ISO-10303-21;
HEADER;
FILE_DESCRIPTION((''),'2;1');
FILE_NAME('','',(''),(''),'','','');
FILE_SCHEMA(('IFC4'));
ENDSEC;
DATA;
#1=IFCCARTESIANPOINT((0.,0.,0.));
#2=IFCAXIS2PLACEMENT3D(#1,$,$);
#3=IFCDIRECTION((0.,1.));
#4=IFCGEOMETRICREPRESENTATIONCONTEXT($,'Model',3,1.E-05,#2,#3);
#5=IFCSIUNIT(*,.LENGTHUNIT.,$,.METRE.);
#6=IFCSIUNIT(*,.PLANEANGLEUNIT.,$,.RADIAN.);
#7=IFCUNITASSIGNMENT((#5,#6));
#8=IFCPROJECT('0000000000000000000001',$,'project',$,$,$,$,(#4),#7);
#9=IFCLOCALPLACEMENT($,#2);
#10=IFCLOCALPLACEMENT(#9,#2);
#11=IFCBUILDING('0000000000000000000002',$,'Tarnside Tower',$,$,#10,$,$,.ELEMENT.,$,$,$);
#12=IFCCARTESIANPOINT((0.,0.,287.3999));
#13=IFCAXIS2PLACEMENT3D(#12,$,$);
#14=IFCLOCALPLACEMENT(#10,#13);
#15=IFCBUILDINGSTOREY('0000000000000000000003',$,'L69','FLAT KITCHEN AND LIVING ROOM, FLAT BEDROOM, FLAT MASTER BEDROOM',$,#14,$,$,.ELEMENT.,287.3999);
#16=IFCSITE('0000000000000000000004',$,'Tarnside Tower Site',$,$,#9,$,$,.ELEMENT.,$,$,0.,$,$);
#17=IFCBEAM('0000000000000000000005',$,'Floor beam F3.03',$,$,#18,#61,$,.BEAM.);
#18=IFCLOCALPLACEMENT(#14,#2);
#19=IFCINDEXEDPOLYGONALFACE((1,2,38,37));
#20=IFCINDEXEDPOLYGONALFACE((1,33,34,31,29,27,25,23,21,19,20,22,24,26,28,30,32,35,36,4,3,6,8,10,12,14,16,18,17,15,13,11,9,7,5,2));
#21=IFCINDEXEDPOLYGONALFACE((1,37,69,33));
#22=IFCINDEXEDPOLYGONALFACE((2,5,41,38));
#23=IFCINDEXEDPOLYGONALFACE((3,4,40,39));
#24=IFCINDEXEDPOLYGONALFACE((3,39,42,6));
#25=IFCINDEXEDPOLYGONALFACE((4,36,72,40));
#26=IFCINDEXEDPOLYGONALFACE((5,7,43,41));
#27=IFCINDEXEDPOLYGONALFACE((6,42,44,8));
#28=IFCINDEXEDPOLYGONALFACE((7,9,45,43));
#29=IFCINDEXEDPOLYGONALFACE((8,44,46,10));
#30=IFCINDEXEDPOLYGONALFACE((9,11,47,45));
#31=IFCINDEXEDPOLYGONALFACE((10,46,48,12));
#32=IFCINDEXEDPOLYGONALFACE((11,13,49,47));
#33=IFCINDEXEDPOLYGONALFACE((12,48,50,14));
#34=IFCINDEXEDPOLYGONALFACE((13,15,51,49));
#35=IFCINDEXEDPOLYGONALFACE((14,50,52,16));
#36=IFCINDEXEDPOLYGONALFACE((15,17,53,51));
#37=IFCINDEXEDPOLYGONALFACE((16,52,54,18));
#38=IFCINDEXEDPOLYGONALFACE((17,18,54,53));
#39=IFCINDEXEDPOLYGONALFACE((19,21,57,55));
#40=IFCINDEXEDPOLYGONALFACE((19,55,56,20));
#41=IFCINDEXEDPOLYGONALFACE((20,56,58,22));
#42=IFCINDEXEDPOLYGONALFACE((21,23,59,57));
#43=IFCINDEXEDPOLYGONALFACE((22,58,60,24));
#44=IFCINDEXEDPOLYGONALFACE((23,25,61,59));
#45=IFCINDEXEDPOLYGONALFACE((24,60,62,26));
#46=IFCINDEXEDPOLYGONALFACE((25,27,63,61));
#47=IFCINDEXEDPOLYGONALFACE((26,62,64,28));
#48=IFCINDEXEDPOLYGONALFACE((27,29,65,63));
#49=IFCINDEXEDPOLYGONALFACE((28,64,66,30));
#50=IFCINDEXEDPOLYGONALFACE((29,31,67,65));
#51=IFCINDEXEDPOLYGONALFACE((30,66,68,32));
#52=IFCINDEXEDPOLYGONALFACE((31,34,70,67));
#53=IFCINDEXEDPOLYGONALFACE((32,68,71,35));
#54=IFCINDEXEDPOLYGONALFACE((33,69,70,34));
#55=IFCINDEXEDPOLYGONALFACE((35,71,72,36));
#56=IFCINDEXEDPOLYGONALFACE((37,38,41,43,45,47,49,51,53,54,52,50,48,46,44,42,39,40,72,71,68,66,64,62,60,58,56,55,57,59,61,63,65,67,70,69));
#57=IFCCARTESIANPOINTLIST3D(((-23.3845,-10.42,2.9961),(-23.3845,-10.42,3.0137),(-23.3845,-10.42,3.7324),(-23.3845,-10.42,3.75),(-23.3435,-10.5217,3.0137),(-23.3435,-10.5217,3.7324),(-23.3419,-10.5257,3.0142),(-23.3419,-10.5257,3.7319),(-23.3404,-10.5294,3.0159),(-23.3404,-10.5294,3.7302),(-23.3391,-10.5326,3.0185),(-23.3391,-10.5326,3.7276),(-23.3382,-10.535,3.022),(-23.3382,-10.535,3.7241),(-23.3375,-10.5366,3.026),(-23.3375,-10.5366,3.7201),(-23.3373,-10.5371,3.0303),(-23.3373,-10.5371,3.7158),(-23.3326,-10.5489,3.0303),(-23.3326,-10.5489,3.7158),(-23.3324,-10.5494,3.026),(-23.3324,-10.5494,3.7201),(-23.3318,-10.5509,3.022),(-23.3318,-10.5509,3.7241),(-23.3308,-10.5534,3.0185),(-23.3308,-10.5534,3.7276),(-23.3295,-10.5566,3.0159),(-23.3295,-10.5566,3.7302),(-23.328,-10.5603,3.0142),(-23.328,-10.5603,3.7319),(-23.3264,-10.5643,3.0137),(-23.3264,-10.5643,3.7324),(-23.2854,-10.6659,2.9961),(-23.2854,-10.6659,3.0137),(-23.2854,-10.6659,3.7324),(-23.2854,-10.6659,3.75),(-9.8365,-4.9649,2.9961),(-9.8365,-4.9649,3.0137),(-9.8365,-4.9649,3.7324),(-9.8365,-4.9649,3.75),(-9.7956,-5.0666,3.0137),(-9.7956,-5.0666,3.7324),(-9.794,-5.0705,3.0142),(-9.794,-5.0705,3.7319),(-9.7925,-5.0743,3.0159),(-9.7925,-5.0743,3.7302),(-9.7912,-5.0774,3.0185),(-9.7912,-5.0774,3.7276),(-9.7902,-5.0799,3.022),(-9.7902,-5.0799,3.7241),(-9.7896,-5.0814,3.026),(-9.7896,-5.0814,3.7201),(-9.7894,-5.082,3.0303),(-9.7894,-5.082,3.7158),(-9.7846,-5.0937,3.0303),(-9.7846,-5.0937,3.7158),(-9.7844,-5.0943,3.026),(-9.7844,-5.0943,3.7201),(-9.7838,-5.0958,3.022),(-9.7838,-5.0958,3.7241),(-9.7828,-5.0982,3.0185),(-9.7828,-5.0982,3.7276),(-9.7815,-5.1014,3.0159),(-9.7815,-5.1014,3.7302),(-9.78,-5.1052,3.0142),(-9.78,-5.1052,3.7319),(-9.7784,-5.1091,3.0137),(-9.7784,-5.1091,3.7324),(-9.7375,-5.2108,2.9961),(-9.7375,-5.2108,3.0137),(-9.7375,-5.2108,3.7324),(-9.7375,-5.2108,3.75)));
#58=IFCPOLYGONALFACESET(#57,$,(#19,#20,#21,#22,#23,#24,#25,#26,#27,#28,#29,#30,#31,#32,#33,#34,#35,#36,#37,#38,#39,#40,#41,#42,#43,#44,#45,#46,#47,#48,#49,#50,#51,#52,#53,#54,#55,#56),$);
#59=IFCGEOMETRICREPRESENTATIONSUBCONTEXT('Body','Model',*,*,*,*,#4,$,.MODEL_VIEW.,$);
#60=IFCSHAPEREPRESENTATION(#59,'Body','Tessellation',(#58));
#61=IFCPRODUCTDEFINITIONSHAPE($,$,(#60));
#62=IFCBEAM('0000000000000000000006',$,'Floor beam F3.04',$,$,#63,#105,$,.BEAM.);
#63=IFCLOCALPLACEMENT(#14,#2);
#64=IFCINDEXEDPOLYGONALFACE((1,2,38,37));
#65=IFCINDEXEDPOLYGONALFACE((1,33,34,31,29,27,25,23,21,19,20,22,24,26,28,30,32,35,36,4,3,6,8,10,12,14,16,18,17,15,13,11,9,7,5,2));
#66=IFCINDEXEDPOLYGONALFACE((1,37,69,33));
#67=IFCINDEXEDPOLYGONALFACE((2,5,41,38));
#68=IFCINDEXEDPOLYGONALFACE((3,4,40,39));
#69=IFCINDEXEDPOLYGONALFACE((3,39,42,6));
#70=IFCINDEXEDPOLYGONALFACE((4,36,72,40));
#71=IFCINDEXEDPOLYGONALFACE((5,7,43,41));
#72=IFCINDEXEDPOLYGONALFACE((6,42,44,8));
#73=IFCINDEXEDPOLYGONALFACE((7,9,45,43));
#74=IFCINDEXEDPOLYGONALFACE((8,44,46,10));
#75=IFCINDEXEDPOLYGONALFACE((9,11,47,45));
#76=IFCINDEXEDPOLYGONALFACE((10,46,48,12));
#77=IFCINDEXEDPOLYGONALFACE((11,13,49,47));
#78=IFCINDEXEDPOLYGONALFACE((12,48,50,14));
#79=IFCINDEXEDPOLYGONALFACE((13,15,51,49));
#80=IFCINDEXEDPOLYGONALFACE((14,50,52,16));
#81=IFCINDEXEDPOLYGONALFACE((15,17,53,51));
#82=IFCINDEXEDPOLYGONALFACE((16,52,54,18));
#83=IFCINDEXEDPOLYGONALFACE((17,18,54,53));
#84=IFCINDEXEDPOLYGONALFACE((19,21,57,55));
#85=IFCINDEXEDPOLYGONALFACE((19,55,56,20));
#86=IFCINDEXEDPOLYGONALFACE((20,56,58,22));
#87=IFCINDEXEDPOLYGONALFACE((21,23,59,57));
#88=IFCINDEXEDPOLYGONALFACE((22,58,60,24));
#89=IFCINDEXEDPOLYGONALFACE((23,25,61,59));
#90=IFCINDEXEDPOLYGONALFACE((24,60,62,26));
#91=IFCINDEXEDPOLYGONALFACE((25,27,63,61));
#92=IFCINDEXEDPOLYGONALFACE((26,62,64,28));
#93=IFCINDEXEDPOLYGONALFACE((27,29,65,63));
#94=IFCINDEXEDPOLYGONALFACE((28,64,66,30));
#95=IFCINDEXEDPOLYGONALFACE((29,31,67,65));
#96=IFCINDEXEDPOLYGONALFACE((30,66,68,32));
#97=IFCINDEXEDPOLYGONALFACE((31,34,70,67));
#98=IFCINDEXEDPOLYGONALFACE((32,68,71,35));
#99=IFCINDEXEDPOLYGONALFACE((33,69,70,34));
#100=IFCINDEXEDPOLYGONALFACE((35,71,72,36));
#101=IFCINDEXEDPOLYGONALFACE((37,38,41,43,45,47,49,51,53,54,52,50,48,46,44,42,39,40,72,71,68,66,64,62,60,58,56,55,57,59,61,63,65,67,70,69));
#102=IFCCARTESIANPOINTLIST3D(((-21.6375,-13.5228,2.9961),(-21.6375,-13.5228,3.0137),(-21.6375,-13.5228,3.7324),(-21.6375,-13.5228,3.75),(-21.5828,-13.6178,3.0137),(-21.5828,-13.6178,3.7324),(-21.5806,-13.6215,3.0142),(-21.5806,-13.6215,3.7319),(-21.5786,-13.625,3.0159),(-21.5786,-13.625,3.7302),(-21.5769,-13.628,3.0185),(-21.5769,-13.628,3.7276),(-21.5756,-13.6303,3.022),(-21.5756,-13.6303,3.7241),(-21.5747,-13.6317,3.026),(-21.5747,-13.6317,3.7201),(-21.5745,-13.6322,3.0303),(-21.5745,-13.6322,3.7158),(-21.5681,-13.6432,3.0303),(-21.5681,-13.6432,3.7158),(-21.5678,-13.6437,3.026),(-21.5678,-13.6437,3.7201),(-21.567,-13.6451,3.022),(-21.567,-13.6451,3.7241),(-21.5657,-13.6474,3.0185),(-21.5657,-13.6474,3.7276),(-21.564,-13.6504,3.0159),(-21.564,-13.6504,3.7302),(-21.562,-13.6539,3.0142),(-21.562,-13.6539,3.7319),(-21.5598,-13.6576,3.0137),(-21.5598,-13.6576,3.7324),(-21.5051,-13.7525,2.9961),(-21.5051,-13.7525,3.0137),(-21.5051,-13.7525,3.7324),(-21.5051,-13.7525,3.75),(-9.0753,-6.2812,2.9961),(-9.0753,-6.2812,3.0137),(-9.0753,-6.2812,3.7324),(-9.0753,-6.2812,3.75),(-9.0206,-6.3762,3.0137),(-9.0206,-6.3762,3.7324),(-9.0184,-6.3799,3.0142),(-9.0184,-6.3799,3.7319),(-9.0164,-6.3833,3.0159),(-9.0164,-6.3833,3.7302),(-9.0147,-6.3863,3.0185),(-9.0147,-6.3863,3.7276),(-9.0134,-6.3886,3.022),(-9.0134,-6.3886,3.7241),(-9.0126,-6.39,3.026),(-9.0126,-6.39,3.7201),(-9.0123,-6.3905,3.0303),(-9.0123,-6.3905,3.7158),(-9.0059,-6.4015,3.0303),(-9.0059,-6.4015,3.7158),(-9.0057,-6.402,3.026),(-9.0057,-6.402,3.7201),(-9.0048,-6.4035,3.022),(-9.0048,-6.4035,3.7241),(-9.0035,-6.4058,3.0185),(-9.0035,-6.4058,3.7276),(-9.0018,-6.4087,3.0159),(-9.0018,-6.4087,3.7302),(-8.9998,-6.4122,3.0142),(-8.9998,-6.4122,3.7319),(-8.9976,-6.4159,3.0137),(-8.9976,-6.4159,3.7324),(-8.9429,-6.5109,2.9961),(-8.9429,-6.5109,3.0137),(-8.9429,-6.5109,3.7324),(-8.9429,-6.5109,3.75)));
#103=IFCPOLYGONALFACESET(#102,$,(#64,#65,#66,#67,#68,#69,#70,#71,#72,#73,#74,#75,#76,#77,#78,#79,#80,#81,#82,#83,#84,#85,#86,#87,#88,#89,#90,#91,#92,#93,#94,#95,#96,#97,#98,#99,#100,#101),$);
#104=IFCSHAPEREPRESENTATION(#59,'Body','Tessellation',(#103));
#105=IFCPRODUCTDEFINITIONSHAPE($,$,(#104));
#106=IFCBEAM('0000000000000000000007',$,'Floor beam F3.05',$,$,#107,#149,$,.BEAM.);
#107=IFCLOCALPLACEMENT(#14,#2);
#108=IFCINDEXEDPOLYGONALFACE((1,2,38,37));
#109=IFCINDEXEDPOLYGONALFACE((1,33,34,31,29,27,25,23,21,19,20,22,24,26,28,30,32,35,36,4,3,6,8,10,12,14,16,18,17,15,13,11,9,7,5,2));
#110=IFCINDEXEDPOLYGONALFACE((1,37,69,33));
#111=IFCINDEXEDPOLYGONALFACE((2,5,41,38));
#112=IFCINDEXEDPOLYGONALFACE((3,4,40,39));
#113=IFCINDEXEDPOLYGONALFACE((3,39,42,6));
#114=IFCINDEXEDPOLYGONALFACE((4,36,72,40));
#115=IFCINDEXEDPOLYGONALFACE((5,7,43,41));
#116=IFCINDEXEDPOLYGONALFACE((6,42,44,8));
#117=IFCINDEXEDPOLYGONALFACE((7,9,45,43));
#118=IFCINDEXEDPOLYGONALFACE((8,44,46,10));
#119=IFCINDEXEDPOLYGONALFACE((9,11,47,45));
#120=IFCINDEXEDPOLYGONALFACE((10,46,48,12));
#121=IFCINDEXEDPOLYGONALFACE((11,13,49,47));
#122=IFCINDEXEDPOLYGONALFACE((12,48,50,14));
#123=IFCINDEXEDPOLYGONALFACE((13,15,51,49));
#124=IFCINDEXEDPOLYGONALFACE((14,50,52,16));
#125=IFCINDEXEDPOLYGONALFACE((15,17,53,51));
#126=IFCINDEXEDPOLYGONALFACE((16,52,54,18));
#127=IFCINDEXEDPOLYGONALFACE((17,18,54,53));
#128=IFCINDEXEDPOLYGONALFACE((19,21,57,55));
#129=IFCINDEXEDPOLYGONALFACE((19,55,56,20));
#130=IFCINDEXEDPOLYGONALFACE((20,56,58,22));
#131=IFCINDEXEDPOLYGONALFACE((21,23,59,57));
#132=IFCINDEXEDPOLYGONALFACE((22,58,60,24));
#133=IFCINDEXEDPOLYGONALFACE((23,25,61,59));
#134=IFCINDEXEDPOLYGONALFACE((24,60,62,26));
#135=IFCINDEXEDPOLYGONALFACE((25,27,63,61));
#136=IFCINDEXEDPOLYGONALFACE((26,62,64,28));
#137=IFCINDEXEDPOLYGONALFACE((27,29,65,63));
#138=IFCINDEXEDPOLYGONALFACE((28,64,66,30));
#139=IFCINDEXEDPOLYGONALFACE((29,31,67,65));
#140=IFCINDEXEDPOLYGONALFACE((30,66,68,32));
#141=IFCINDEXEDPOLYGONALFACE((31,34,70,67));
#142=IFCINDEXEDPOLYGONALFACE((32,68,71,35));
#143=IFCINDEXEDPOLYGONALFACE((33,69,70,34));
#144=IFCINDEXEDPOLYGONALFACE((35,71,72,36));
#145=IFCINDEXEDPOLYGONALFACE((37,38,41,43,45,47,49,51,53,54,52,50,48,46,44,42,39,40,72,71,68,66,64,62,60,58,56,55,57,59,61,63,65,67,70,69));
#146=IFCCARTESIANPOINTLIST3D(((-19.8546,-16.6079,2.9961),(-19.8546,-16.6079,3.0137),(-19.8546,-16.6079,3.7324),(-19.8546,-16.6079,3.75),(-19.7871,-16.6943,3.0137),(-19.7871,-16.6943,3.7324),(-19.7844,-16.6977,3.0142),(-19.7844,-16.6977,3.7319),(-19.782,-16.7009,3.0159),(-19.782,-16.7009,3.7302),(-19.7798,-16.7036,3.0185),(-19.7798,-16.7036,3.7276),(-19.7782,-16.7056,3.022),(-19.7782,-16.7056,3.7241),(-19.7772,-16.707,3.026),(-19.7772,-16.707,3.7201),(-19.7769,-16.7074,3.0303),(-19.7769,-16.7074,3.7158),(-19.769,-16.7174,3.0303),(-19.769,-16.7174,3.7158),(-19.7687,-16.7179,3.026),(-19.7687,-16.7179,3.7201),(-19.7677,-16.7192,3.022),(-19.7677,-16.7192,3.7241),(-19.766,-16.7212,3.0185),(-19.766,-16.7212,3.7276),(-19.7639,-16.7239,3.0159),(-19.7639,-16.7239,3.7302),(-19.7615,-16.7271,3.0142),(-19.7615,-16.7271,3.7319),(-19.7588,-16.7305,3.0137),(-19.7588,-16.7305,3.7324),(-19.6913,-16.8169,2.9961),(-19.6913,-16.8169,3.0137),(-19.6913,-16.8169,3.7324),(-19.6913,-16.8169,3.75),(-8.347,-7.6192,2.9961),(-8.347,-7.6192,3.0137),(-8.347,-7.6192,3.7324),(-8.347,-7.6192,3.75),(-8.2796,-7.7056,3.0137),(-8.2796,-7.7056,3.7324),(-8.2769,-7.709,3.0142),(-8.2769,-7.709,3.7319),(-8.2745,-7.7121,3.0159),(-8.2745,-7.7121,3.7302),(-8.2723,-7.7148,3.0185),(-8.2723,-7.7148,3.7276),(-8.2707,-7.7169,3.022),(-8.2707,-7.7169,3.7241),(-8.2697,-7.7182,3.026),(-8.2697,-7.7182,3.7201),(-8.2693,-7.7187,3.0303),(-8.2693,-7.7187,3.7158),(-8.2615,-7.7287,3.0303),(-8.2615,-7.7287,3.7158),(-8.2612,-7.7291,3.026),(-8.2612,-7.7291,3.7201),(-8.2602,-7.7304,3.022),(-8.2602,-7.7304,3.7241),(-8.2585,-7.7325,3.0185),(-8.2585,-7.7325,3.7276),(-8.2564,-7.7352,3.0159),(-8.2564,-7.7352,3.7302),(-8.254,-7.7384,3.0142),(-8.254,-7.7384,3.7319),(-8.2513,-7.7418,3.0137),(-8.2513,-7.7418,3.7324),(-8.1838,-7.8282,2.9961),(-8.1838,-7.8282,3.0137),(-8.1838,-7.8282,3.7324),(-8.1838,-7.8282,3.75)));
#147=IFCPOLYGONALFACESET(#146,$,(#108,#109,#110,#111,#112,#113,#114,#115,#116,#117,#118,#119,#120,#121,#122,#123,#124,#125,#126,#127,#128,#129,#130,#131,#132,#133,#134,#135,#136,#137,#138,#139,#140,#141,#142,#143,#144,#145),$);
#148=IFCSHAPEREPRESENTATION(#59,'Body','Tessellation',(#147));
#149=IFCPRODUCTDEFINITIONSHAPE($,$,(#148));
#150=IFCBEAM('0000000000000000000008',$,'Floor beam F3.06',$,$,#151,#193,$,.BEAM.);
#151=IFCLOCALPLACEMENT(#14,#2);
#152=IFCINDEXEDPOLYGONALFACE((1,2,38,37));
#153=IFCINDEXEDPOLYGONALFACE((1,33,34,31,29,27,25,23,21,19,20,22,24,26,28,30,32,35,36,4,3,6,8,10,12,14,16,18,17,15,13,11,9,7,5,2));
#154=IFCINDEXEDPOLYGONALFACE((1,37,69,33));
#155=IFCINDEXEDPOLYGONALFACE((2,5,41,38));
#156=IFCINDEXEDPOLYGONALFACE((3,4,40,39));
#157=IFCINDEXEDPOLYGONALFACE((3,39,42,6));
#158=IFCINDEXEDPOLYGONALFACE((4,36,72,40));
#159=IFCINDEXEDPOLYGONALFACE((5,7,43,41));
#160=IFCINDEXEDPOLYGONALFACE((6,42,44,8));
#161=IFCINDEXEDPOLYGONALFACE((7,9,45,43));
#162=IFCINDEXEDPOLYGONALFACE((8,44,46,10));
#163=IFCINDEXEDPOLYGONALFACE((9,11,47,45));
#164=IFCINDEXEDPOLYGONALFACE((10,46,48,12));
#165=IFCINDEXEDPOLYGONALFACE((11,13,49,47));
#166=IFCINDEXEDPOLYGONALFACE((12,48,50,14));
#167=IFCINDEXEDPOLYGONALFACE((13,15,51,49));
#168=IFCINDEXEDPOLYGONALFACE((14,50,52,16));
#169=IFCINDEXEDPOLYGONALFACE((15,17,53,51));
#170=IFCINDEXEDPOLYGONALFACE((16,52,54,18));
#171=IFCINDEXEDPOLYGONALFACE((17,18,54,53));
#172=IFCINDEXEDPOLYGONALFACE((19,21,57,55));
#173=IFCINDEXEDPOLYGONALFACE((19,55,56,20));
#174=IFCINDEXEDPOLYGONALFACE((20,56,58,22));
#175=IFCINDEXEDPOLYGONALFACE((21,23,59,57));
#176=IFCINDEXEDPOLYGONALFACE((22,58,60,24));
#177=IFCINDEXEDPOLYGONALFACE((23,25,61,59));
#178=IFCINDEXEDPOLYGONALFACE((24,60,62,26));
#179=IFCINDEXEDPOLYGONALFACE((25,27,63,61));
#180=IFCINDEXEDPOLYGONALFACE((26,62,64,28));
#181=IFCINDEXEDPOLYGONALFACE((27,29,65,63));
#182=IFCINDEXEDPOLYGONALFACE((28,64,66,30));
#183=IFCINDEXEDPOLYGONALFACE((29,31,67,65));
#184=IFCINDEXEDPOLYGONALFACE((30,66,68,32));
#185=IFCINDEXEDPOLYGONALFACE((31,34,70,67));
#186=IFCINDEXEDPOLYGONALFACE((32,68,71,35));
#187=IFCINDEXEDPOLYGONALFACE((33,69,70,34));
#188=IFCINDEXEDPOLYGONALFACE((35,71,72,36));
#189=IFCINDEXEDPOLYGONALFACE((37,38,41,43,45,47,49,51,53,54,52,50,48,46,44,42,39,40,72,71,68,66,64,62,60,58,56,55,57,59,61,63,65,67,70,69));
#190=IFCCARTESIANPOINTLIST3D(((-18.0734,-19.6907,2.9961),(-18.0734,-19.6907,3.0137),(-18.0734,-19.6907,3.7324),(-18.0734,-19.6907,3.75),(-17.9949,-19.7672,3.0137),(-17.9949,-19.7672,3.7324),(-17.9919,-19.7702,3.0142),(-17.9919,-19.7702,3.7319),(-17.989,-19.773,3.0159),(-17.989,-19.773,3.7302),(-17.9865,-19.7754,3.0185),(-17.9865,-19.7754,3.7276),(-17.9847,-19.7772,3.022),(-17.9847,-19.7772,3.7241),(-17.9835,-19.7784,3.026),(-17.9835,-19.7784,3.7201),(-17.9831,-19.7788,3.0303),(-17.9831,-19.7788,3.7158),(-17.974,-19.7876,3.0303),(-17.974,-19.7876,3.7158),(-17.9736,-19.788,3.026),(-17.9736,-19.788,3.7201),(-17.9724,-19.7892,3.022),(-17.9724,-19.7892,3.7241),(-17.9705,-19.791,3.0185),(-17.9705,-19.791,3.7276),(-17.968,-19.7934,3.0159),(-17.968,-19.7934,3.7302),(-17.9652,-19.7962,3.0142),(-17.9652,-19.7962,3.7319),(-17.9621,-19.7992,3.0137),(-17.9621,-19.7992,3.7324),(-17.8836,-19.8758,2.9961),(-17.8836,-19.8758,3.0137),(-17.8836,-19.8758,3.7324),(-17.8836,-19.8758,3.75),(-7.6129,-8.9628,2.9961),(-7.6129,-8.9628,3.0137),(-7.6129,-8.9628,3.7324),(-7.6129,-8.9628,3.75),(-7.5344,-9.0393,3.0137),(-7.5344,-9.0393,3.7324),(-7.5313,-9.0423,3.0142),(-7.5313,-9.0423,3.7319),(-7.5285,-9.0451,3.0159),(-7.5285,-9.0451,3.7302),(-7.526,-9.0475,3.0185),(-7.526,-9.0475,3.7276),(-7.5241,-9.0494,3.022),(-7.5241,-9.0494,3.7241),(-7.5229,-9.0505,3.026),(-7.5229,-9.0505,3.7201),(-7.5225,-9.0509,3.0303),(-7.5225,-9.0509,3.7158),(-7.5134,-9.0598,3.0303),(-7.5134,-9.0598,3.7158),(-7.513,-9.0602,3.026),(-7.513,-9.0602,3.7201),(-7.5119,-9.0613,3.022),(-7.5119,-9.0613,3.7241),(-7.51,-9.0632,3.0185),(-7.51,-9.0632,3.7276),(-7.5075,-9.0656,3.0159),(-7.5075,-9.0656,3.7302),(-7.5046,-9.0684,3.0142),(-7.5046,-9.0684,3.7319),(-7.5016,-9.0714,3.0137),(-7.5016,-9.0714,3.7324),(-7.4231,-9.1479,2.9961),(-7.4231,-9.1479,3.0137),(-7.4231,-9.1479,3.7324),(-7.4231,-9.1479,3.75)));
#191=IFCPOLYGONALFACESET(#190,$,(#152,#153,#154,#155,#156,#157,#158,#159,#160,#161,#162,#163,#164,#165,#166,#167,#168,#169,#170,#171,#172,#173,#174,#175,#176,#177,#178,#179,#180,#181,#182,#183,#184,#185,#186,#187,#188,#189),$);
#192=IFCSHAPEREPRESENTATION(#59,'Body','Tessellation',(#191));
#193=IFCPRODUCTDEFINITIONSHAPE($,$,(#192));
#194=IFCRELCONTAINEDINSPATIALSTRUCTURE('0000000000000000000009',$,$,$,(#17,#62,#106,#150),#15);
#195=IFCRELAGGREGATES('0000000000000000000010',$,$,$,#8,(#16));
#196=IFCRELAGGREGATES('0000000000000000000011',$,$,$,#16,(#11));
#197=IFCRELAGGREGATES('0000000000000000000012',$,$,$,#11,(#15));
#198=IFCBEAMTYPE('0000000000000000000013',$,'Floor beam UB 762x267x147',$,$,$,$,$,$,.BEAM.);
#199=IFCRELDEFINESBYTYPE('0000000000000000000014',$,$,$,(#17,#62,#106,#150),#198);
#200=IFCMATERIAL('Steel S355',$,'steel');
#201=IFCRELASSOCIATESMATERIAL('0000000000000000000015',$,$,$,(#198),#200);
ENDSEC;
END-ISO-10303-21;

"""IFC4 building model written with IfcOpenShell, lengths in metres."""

from ifc_helpers import new_model, si_unit, direction, frame, origin, origin_2d, place, context, subcontext, project, spatial, i_section, extrude, material, material_profile, profile_set, type_object, element, save


model = new_model("IFC4")

# Units and contexts
model_context = context("Model", 3, precision=1e-05, world=origin(), true_north=direction((0.0, 1.0)))
body_context = subcontext(model_context, "Body", "Model", "MODEL_VIEW")
ifc_project = project(units=[si_unit("LENGTHUNIT", "METRE"), si_unit("PLANEANGLEUNIT", "RADIAN")], contexts=[model_context])

# Site, building, storey
site_placement = place(None, origin())
site = spatial("IfcSite", under=ifc_project, at=site_placement, Name="Tarnside Tower Site", CompositionType="ELEMENT", RefElevation=0.0)
building_placement = place(site_placement, origin())
building = spatial("IfcBuilding", under=site, at=building_placement, Name="Tarnside Tower", CompositionType="ELEMENT")
storey_placement = place(building_placement, frame((0.0, 0.0, 287.3999)))
storey = spatial("IfcBuildingStorey", under=building, at=storey_placement, Name="L69", Description="FLAT KITCHEN AND LIVING ROOM, FLAT BEDROOM, FLAT MASTER BEDROOM", CompositionType="ELEMENT", Elevation=287.3999)

# Beams
ifc_material_1 = material(Name="Steel S355", Category="steel")
ifc_material_profile_1 = material_profile(ifc_material_1, i_section(OverallWidth=0.2651, OverallDepth=0.7539, WebThickness=0.0127, FlangeThickness=0.0176, FilletRadius=0.0166, at=origin_2d()), Name="UB 762x267x147")
ifc_profile_set_1 = profile_set([ifc_material_profile_1], Name="Steel S355")
beam_type_1 = type_object("IfcBeamType", Name="Floor beam UB 762x267x147", PredefinedType="BEAM", material=ifc_profile_set_1)
beam_1_placement = place(storey_placement, frame((-23.335, -10.543, 3.373), z_axis=(0.927626, 0.373511, 0.0), x_axis=(-0.373511, 0.927626, 0.0)))
element("IfcBeam", 1, at=beam_1_placement, inside=storey, type_object=beam_type_1, Name="Floor beam F3.03", PredefinedType="BEAM", context=body_context, shape_type="SweptSolid", body=[
    extrude(i_section(OverallWidth=0.2651, OverallDepth=0.7539, WebThickness=0.0127, FlangeThickness=0.0176, FilletRadius=0.0166, at=origin_2d()), origin(), (0.0, 0.0, 1.0), 14.605),
])
beam_2_placement = place(storey_placement, frame((-21.5713, -13.6377, 3.373), z_axis=(0.866357, 0.499425, 0.0), x_axis=(-0.499425, 0.866357, 0.0)))
element("IfcBeam", 2, at=beam_2_placement, inside=storey, type_object=beam_type_1, Name="Floor beam F3.04", PredefinedType="BEAM", context=body_context, shape_type="SweptSolid", body=[
    extrude(i_section(OverallWidth=0.2651, OverallDepth=0.7539, WebThickness=0.0127, FlangeThickness=0.0176, FilletRadius=0.0166, at=origin_2d()), origin(), (0.0, 0.0, 1.0), 14.5),
])
beam_3_placement = place(storey_placement, frame((-19.7729, -16.7124, 3.373), z_axis=(0.788075, 0.615579, 0.0), x_axis=(-0.615579, 0.788075, 0.0)))
element("IfcBeam", 3, at=beam_3_placement, inside=storey, type_object=beam_type_1, Name="Floor beam F3.05", PredefinedType="BEAM", context=body_context, shape_type="SweptSolid", body=[
    extrude(i_section(OverallWidth=0.2651, OverallDepth=0.7539, WebThickness=0.0127, FlangeThickness=0.0176, FilletRadius=0.0166, at=origin_2d()), origin(), (0.0, 0.0, 1.0), 14.6021),
])
beam_4_placement = place(storey_placement, frame((-17.9785, -19.7832, 3.373), z_axis=(0.69813, 0.715971, 0.0), x_axis=(-0.715971, 0.69813, 0.0)))
element("IfcBeam", 4, at=beam_4_placement, inside=storey, type_object=beam_type_1, Name="Floor beam F3.06", PredefinedType="BEAM", context=body_context, shape_type="SweptSolid", body=[
    extrude(i_section(OverallWidth=0.2651, OverallDepth=0.7539, WebThickness=0.0127, FlangeThickness=0.0176, FilletRadius=0.0166, at=origin_2d()), origin(), (0.0, 0.0, 1.0), 14.9836),
])

save(model, "model.ifc")
